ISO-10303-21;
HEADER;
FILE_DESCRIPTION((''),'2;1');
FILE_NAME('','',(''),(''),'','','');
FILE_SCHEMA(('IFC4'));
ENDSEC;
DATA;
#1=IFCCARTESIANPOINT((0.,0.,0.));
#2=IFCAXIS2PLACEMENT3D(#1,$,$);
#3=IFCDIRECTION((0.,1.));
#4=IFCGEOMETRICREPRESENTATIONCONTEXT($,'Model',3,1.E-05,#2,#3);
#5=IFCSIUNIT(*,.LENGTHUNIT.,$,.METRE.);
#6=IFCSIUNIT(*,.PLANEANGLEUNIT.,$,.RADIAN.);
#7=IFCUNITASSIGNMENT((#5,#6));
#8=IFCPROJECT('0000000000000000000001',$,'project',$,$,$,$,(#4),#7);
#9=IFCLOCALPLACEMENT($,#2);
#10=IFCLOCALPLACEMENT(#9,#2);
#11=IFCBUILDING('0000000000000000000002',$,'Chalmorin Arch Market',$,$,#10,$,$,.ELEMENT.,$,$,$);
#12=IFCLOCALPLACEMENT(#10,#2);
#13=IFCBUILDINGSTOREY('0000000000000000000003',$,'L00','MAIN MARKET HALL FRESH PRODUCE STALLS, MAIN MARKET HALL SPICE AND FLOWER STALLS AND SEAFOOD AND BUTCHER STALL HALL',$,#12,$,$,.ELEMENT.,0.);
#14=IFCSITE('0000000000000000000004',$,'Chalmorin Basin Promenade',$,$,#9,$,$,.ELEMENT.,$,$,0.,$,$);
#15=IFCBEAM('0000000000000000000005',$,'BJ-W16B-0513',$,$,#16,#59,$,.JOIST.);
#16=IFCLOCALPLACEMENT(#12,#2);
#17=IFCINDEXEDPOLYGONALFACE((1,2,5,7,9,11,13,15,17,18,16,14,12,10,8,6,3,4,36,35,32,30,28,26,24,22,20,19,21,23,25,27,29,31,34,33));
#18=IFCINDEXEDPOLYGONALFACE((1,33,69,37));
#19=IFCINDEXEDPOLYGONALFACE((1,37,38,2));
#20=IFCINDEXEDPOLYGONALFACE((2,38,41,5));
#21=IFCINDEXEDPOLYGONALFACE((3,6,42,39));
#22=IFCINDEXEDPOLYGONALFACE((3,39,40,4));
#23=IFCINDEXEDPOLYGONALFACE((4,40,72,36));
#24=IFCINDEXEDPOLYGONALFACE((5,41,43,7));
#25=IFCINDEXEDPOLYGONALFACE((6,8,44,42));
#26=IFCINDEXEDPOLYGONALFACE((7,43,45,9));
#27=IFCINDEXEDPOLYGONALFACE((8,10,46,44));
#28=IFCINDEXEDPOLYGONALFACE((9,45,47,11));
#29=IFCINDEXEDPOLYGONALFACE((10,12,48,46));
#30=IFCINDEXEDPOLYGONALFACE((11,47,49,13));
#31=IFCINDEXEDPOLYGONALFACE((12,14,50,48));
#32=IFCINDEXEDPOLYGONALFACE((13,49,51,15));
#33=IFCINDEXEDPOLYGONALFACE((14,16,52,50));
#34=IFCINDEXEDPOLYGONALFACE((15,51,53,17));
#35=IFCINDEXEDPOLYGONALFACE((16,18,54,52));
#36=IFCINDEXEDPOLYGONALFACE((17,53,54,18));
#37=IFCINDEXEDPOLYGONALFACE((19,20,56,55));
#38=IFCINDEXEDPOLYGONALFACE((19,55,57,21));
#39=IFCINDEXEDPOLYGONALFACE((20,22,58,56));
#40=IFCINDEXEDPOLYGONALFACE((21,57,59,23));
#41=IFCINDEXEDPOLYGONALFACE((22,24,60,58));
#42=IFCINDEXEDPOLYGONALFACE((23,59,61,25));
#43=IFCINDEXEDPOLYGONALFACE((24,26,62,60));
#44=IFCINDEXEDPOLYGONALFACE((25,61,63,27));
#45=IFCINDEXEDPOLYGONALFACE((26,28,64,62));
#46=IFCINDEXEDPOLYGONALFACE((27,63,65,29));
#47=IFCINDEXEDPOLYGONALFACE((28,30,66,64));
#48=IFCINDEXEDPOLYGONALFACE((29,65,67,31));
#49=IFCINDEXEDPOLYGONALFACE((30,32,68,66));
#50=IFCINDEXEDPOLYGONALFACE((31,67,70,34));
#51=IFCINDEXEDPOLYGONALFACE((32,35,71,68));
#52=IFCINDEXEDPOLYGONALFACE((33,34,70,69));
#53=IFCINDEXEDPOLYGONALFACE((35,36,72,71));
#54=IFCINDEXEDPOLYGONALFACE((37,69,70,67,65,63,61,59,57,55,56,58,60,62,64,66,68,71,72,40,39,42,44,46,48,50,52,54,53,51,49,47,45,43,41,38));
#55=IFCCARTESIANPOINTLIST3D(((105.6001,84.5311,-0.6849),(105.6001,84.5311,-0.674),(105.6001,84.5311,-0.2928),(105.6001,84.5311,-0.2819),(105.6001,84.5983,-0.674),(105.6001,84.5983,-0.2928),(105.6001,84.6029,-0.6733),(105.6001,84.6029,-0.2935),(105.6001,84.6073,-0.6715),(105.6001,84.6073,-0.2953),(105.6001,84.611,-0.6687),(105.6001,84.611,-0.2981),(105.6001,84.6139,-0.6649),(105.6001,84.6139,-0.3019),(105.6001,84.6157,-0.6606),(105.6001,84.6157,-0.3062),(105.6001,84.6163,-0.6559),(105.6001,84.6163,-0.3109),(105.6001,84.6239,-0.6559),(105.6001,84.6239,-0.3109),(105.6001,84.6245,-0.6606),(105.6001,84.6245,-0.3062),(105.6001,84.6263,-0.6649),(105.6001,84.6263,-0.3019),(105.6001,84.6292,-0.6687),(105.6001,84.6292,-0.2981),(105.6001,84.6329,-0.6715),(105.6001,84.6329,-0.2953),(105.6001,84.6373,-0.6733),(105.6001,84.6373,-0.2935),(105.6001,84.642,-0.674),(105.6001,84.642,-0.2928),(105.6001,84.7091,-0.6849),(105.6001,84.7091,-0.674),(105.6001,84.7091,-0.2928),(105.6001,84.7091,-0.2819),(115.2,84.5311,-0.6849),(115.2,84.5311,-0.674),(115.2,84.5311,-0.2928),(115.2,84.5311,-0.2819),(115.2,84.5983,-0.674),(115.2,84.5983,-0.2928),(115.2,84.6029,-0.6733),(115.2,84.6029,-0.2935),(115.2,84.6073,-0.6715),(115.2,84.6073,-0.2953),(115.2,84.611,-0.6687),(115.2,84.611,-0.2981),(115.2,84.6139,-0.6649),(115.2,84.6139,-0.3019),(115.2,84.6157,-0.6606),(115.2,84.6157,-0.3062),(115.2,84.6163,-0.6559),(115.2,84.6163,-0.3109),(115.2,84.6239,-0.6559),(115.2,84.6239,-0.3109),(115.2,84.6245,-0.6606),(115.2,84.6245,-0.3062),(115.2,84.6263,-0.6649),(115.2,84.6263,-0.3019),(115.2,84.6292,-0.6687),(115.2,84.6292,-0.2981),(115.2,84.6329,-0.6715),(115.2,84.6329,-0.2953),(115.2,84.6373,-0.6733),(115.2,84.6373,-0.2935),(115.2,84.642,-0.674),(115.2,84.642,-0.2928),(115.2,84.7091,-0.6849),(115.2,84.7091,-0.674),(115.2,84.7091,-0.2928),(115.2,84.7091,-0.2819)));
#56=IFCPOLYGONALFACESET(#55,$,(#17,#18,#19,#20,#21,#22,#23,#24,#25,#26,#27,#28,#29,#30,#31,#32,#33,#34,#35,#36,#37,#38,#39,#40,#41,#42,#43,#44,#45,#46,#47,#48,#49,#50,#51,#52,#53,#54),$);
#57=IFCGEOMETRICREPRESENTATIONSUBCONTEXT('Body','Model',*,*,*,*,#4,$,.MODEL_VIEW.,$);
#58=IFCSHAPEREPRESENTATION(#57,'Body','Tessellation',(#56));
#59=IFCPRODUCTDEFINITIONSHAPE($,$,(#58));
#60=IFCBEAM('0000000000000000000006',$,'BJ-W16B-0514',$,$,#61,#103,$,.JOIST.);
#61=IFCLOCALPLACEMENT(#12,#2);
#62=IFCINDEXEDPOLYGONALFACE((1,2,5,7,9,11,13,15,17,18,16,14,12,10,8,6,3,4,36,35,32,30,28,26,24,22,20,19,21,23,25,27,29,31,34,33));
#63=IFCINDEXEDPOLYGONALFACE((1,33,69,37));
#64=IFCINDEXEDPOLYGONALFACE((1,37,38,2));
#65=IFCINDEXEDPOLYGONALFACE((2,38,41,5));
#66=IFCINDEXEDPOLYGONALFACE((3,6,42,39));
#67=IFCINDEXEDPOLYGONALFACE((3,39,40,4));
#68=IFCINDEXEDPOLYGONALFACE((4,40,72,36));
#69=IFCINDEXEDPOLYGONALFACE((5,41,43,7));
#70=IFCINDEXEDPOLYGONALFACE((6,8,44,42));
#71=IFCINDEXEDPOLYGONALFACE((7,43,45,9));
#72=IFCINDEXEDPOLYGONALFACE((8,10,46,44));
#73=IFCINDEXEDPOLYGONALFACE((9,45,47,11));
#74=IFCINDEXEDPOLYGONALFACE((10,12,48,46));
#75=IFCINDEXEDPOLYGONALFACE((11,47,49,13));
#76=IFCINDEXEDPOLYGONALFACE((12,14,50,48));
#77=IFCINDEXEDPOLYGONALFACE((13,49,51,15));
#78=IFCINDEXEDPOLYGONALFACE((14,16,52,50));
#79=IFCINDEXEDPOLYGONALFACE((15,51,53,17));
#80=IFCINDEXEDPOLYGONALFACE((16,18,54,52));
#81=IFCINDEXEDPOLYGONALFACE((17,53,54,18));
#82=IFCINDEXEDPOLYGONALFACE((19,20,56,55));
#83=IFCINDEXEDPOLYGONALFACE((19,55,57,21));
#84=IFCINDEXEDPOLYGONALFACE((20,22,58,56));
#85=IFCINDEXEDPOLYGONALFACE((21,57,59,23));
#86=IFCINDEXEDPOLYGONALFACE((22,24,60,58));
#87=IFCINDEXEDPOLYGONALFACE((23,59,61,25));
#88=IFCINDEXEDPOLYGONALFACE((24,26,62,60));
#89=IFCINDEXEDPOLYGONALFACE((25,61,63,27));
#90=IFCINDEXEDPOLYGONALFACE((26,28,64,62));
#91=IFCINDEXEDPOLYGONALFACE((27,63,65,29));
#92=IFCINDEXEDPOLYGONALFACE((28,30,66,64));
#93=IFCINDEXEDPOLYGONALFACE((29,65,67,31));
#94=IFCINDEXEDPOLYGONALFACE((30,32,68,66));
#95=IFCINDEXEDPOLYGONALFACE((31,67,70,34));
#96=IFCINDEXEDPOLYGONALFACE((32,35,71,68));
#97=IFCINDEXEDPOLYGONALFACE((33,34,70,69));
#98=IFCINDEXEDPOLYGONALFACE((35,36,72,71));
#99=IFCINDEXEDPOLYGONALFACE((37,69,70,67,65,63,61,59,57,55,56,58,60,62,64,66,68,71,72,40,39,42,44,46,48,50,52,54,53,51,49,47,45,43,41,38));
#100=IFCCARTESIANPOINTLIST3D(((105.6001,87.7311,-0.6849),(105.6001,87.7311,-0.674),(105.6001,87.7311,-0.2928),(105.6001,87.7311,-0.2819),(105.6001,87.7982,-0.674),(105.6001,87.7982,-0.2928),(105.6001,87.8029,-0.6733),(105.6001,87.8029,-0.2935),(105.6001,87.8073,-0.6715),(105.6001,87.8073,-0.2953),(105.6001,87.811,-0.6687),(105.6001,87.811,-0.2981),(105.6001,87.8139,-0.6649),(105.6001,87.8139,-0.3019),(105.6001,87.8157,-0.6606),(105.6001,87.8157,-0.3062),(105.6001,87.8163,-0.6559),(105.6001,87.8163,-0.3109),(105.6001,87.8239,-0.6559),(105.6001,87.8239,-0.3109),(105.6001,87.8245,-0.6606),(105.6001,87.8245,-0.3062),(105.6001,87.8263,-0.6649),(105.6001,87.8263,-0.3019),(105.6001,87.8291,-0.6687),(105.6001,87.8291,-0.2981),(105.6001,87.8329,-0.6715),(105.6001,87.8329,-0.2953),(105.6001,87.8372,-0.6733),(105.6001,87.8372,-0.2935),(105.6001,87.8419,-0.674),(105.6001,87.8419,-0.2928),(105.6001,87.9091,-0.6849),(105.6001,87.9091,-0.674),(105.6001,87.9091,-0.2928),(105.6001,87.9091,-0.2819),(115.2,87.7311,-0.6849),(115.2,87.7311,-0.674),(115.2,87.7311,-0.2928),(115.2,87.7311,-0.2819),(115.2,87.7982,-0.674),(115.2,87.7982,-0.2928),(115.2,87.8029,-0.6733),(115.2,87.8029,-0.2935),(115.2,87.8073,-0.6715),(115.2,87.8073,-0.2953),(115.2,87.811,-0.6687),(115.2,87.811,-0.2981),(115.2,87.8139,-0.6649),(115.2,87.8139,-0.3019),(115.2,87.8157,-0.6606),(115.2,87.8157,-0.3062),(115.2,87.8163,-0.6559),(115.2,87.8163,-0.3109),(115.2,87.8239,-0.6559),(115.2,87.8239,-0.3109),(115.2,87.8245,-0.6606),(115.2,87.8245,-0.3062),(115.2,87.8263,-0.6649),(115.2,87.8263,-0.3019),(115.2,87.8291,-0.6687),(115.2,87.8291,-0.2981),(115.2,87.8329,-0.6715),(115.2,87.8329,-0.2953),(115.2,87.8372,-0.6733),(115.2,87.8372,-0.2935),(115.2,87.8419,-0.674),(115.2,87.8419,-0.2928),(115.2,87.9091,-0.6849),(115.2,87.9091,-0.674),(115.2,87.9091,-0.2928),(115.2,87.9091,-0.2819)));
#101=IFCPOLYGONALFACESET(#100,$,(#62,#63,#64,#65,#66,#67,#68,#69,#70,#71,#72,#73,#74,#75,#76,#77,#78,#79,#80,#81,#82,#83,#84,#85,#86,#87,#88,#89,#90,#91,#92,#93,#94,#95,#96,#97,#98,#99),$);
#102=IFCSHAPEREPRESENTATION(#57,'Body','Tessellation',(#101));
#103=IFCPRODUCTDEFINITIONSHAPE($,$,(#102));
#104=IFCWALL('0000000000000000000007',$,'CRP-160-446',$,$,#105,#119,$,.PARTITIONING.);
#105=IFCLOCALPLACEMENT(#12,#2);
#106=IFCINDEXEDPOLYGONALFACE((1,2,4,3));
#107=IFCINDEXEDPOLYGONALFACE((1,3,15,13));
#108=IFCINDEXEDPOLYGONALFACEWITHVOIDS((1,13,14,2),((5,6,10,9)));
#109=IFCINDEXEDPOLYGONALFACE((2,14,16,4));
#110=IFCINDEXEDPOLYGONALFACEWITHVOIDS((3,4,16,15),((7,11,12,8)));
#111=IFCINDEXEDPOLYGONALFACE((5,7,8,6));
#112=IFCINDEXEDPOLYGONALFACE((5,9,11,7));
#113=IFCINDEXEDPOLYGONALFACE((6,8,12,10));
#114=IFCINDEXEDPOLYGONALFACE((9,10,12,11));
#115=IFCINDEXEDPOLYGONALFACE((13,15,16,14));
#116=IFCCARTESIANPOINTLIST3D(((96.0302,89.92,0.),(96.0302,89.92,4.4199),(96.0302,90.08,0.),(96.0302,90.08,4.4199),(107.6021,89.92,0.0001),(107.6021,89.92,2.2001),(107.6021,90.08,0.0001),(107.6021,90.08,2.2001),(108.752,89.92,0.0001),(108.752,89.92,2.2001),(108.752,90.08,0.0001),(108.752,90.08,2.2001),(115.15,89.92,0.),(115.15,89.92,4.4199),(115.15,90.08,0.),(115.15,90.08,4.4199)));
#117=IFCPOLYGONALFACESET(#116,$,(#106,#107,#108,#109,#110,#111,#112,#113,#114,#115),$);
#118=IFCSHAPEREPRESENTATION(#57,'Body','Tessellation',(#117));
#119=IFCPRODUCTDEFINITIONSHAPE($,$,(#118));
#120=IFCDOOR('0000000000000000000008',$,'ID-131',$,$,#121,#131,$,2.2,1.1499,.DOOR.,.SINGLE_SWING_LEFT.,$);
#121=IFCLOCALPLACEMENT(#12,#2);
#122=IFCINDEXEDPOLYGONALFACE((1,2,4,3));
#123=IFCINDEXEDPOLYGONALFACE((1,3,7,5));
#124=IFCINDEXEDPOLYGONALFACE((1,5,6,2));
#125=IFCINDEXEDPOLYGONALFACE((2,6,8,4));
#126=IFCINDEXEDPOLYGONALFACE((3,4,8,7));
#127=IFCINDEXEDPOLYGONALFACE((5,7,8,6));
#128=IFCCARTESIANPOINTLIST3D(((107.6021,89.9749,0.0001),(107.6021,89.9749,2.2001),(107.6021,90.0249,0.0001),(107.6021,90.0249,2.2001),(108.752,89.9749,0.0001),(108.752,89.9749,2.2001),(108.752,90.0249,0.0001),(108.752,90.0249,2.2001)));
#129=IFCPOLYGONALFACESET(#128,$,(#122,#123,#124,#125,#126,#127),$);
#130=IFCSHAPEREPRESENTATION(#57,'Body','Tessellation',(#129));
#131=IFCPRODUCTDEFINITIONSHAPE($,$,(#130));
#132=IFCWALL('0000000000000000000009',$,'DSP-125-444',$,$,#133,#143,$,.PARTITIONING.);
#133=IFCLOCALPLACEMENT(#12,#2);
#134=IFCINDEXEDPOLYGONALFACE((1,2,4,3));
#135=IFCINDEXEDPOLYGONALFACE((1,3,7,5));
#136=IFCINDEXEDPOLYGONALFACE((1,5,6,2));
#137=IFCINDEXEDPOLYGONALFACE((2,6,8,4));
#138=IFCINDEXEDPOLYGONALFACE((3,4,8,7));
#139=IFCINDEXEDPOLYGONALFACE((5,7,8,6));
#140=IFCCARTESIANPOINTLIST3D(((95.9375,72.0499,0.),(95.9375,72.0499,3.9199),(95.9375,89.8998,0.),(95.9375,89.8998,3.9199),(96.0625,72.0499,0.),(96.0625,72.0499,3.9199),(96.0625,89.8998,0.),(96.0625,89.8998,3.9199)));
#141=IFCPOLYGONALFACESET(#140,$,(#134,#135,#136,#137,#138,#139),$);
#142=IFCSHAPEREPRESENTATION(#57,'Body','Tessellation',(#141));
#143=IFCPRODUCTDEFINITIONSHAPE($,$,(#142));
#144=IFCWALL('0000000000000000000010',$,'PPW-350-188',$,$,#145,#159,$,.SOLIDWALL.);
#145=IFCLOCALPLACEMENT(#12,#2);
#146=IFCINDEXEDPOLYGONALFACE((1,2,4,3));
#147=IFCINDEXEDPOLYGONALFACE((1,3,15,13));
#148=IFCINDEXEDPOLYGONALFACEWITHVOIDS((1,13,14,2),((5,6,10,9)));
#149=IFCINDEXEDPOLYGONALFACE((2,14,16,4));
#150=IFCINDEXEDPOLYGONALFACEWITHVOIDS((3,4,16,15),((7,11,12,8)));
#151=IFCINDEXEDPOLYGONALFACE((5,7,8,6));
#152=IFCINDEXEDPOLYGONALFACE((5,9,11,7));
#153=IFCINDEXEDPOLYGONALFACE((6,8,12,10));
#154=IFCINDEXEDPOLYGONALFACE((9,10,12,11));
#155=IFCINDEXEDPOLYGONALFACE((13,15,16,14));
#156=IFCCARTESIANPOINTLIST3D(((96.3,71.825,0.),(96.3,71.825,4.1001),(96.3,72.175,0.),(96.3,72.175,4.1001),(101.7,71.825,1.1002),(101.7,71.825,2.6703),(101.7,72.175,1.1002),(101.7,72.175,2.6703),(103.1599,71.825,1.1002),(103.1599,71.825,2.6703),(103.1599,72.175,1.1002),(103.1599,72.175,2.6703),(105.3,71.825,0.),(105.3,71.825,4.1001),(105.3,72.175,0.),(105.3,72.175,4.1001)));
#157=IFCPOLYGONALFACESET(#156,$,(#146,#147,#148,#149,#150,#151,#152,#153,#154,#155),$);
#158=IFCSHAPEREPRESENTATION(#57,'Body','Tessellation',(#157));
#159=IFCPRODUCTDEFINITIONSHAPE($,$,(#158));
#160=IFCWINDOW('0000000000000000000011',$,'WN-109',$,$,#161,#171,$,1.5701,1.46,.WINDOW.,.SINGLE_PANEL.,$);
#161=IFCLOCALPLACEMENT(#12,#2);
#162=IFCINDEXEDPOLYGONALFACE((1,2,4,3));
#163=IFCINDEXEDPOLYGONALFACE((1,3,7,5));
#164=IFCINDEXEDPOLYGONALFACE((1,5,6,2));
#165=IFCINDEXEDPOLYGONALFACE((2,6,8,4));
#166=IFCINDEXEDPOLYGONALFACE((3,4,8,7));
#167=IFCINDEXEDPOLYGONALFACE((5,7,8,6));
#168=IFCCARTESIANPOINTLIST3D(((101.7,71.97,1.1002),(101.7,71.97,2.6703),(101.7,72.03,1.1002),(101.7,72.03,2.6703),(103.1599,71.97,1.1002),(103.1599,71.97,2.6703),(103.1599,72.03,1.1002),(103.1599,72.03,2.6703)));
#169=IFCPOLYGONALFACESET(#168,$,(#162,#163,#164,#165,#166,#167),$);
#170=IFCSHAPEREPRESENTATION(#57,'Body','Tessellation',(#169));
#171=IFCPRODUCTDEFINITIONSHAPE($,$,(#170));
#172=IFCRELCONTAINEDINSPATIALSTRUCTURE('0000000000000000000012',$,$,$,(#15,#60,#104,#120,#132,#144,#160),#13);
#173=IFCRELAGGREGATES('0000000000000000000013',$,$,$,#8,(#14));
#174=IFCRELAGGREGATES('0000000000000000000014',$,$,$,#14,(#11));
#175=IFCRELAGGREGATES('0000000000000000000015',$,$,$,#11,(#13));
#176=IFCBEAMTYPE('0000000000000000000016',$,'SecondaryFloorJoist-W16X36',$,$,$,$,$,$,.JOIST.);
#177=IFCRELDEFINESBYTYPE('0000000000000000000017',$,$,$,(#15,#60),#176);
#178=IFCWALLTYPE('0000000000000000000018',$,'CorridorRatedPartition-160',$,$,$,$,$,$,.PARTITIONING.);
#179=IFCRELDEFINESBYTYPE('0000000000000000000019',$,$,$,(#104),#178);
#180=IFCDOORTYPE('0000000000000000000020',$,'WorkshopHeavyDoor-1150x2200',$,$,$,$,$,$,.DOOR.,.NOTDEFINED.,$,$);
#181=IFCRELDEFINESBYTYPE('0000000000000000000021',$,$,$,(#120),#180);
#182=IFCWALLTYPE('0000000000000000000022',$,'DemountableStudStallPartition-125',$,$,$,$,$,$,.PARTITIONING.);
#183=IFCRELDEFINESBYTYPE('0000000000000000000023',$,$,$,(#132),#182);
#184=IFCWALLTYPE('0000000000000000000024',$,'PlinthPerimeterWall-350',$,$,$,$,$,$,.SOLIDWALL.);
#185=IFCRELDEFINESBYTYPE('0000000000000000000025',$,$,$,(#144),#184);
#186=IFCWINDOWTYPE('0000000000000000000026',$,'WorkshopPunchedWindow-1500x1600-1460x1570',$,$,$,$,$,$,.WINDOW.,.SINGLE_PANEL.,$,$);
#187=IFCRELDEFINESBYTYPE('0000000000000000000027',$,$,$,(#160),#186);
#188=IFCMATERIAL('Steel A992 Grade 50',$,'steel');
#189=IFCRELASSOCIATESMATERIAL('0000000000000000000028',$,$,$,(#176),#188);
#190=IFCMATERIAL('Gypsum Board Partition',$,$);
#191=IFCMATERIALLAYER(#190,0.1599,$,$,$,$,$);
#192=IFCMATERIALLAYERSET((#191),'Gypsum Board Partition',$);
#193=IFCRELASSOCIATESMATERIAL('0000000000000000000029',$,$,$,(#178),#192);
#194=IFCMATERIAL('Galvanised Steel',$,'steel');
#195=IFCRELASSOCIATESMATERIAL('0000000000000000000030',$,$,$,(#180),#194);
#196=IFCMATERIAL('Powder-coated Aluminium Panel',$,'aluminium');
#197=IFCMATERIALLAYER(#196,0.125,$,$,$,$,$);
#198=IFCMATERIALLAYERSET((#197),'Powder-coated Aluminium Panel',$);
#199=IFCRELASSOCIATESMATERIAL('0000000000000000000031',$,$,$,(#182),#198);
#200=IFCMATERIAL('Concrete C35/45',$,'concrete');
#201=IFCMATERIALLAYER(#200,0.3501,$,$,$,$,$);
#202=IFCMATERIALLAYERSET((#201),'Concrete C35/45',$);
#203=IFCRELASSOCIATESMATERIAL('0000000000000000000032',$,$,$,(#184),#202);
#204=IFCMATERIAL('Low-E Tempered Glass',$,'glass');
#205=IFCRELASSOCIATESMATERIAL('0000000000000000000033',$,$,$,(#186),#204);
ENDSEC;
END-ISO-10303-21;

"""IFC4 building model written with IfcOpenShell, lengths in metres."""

from ifc_helpers import new_model, si_unit, direction, frame, frame_2d, origin, origin_2d, place, context, subcontext, project, spatial, rectangle, i_section, extrude, material, layer, layer_set, material_profile, profile_set, type_object, element, fill, save


model = new_model("IFC4")

# Units and contexts
model_context = context("Model", 3, precision=1e-05, world=origin(), true_north=direction((0.0, 1.0)))
body_context = subcontext(model_context, "Body", "Model", "MODEL_VIEW")
ifc_project = project(units=[si_unit("LENGTHUNIT", "METRE"), si_unit("PLANEANGLEUNIT", "RADIAN")], contexts=[model_context])

# Site, building, storey
site_placement = place(None, origin())
site = spatial("IfcSite", under=ifc_project, at=site_placement, Name="Chalmorin Basin Promenade", CompositionType="ELEMENT", RefElevation=0.0)
building_placement = place(site_placement, origin())
building = spatial("IfcBuilding", under=site, at=building_placement, Name="Chalmorin Arch Market", CompositionType="ELEMENT")
storey_placement = place(building_placement, origin())
storey = spatial("IfcBuildingStorey", under=building, at=storey_placement, Name="L00", Description="MAIN MARKET HALL FRESH PRODUCE STALLS, MAIN MARKET HALL SPICE AND FLOWER STALLS AND SEAFOOD AND BUTCHER STALL HALL", CompositionType="ELEMENT", Elevation=0.0)

# Beams
ifc_material_1 = material(Name="Steel A992 Grade 50", Category="steel")
ifc_material_profile_1 = material_profile(ifc_material_1, i_section(OverallWidth=0.178, OverallDepth=0.4031, WebThickness=0.0076, FlangeThickness=0.011, FilletRadius=0.0181, at=origin_2d()), Name="W16X36")
ifc_profile_set_1 = profile_set([ifc_material_profile_1], Name="Steel A992 Grade 50")
beam_type_1 = type_object("IfcBeamType", Name="SecondaryFloorJoist-W16X36", PredefinedType="JOIST", material=ifc_profile_set_1)
for number, where, z_axis, x_axis, name in (
    (1, (105.6001, 84.6201, -0.4834), (1.0, 0.0, 0.0), (0.0, 1.0, 0.0), "BJ-W16B-0513"),
    (2, (105.6001, 87.8201, -0.4834), (1.0, 0.0, 0.0), (0.0, 1.0, 0.0), "BJ-W16B-0514"),
):
    element("IfcBeam", number, at=place(storey_placement, frame(where, z_axis=z_axis, x_axis=x_axis)), inside=storey, type_object=beam_type_1, Name=name, PredefinedType="JOIST", context=body_context, shape_type="SweptSolid", body=[
        extrude(i_section(OverallWidth=0.178, OverallDepth=0.4031, WebThickness=0.0076, FlangeThickness=0.011, FilletRadius=0.0181, at=origin_2d()), origin(), (0.0, 0.0, 1.0), 9.5999),
    ])

# Wall, opening, door
ifc_material_2 = material(Name="Gypsum Board Partition")
ifc_layer_1 = layer(ifc_material_2, 0.1599)
ifc_layer_set_1 = layer_set([ifc_layer_1], Name="Gypsum Board Partition")
wall_type_1 = type_object("IfcWallType", Name="CorridorRatedPartition-160", PredefinedType="PARTITIONING", material=ifc_layer_set_1)
wall_1_placement = place(storey_placement, frame((96.03, 90.0, 0.0), z_axis=(0.0, 0.0, 1.0), x_axis=(1.0, 0.0, 0.0)))
wall_1 = element("IfcWall", 3, at=wall_1_placement, inside=storey, type_object=wall_type_1, Name="CRP-160-446", PredefinedType="PARTITIONING", context=body_context, shape_type="SweptSolid", body=[
    extrude(rectangle(XDim=19.1199, YDim=0.1599, at=frame_2d((9.5601, 0.0))), origin(), (0.0, 0.0, 1.0), 4.4199),
])
opening_1_placement = place(wall_1_placement, frame((11.572, 0.0, 0.0)))
opening_1 = element("IfcOpeningElement", 4, at=opening_1_placement, cuts=wall_1, PredefinedType="OPENING", context=body_context, shape_type="SweptSolid", body=[
    extrude(rectangle(XDim=1.1499, YDim=2.2, at=frame_2d((0.575, 1.1001))), frame((0.0, 0.0898, 0.0), z_axis=(0.0, -1.0, 0.0), x_axis=(1.0, 0.0, 0.0)), (0.0, 0.0, 1.0), 0.1799),
])
ifc_material_3 = material(Name="Galvanised Steel", Category="steel")
door_type = type_object("IfcDoorType", Name="WorkshopHeavyDoor-1150x2200", OperationType="NOTDEFINED", PredefinedType="DOOR", material=ifc_material_3)
door_placement = place(opening_1_placement, origin())
door = element("IfcDoor", 5, at=door_placement, inside=storey, type_object=door_type, Name="ID-131", OperationType="SINGLE_SWING_LEFT", OverallHeight=2.2, OverallWidth=1.1499, PredefinedType="DOOR", context=body_context, shape_type="SweptSolid", body=[
    extrude(rectangle(XDim=1.1499, YDim=2.2, at=frame_2d((0.575, 1.1001))), frame((0.0, 0.0249, 0.0), z_axis=(0.0, -1.0, 0.0), x_axis=(1.0, 0.0, 0.0)), (0.0, 0.0, 1.0), 0.05),
])
fill(opening_1, door)

# Wall
ifc_material_4 = material(Name="Powder-coated Aluminium Panel", Category="aluminium")
ifc_layer_2 = layer(ifc_material_4, 0.125)
ifc_layer_set_2 = layer_set([ifc_layer_2], Name="Powder-coated Aluminium Panel")
wall_type_2 = type_object("IfcWallType", Name="DemountableStudStallPartition-125", PredefinedType="PARTITIONING", material=ifc_layer_set_2)
wall_2_placement = place(storey_placement, frame((96.0, 72.05, 0.0), z_axis=(0.0, 0.0, 1.0), x_axis=(0.0, 1.0, 0.0)))
element("IfcWall", 6, at=wall_2_placement, inside=storey, type_object=wall_type_2, Name="DSP-125-444", PredefinedType="PARTITIONING", context=body_context, shape_type="SweptSolid", body=[
    extrude(rectangle(XDim=17.8499, YDim=0.125, at=frame_2d((8.9248, 0.0))), origin(), (0.0, 0.0, 1.0), 3.9199),
])

# Wall, opening, window
ifc_material_5 = material(Name="Concrete C35/45", Category="concrete")
ifc_layer_3 = layer(ifc_material_5, 0.3501)
ifc_layer_set_3 = layer_set([ifc_layer_3], Name="Concrete C35/45")
wall_type_3 = type_object("IfcWallType", Name="PlinthPerimeterWall-350", PredefinedType="SOLIDWALL", material=ifc_layer_set_3)
wall_3_placement = place(storey_placement, frame((96.3, 72.0, 0.0), z_axis=(0.0, 0.0, 1.0), x_axis=(1.0, 0.0, 0.0)))
wall_3 = element("IfcWall", 7, at=wall_3_placement, inside=storey, type_object=wall_type_3, Name="PPW-350-188", PredefinedType="SOLIDWALL", context=body_context, shape_type="SweptSolid", body=[
    extrude(rectangle(XDim=9.0, YDim=0.3501, at=frame_2d((4.5, 0.0))), origin(), (0.0, 0.0, 1.0), 4.1001),
])
opening_2_placement = place(wall_3_placement, frame((5.3999, 0.0, 1.1001)))
opening_2 = element("IfcOpeningElement", 8, at=opening_2_placement, cuts=wall_3, PredefinedType="OPENING", context=body_context, shape_type="SweptSolid", body=[
    extrude(rectangle(XDim=1.46, YDim=1.5701, at=frame_2d((0.73, 0.7852))), frame((0.0, 0.1851, 0.0), z_axis=(0.0, -1.0, 0.0), x_axis=(1.0, 0.0, 0.0)), (0.0, 0.0, 1.0), 0.3701),
])
ifc_material_6 = material(Name="Low-E Tempered Glass", Category="glass")
window_type = type_object("IfcWindowType", Name="WorkshopPunchedWindow-1500x1600-1460x1570", PartitioningType="SINGLE_PANEL", PredefinedType="WINDOW", material=ifc_material_6)
window_placement = place(opening_2_placement, origin())
window = element("IfcWindow", 9, at=window_placement, inside=storey, type_object=window_type, Name="WN-109", OverallHeight=1.5701, OverallWidth=1.46, PartitioningType="SINGLE_PANEL", PredefinedType="WINDOW", context=body_context, shape_type="SweptSolid", body=[
    extrude(rectangle(XDim=1.46, YDim=1.5701, at=frame_2d((0.73, 0.7852))), frame((0.0, 0.03, 0.0), z_axis=(0.0, -1.0, 0.0), x_axis=(1.0, 0.0, 0.0)), (0.0, 0.0, 1.0), 0.0601),
])
fill(opening_2, window)

save(model, "model.ifc")
